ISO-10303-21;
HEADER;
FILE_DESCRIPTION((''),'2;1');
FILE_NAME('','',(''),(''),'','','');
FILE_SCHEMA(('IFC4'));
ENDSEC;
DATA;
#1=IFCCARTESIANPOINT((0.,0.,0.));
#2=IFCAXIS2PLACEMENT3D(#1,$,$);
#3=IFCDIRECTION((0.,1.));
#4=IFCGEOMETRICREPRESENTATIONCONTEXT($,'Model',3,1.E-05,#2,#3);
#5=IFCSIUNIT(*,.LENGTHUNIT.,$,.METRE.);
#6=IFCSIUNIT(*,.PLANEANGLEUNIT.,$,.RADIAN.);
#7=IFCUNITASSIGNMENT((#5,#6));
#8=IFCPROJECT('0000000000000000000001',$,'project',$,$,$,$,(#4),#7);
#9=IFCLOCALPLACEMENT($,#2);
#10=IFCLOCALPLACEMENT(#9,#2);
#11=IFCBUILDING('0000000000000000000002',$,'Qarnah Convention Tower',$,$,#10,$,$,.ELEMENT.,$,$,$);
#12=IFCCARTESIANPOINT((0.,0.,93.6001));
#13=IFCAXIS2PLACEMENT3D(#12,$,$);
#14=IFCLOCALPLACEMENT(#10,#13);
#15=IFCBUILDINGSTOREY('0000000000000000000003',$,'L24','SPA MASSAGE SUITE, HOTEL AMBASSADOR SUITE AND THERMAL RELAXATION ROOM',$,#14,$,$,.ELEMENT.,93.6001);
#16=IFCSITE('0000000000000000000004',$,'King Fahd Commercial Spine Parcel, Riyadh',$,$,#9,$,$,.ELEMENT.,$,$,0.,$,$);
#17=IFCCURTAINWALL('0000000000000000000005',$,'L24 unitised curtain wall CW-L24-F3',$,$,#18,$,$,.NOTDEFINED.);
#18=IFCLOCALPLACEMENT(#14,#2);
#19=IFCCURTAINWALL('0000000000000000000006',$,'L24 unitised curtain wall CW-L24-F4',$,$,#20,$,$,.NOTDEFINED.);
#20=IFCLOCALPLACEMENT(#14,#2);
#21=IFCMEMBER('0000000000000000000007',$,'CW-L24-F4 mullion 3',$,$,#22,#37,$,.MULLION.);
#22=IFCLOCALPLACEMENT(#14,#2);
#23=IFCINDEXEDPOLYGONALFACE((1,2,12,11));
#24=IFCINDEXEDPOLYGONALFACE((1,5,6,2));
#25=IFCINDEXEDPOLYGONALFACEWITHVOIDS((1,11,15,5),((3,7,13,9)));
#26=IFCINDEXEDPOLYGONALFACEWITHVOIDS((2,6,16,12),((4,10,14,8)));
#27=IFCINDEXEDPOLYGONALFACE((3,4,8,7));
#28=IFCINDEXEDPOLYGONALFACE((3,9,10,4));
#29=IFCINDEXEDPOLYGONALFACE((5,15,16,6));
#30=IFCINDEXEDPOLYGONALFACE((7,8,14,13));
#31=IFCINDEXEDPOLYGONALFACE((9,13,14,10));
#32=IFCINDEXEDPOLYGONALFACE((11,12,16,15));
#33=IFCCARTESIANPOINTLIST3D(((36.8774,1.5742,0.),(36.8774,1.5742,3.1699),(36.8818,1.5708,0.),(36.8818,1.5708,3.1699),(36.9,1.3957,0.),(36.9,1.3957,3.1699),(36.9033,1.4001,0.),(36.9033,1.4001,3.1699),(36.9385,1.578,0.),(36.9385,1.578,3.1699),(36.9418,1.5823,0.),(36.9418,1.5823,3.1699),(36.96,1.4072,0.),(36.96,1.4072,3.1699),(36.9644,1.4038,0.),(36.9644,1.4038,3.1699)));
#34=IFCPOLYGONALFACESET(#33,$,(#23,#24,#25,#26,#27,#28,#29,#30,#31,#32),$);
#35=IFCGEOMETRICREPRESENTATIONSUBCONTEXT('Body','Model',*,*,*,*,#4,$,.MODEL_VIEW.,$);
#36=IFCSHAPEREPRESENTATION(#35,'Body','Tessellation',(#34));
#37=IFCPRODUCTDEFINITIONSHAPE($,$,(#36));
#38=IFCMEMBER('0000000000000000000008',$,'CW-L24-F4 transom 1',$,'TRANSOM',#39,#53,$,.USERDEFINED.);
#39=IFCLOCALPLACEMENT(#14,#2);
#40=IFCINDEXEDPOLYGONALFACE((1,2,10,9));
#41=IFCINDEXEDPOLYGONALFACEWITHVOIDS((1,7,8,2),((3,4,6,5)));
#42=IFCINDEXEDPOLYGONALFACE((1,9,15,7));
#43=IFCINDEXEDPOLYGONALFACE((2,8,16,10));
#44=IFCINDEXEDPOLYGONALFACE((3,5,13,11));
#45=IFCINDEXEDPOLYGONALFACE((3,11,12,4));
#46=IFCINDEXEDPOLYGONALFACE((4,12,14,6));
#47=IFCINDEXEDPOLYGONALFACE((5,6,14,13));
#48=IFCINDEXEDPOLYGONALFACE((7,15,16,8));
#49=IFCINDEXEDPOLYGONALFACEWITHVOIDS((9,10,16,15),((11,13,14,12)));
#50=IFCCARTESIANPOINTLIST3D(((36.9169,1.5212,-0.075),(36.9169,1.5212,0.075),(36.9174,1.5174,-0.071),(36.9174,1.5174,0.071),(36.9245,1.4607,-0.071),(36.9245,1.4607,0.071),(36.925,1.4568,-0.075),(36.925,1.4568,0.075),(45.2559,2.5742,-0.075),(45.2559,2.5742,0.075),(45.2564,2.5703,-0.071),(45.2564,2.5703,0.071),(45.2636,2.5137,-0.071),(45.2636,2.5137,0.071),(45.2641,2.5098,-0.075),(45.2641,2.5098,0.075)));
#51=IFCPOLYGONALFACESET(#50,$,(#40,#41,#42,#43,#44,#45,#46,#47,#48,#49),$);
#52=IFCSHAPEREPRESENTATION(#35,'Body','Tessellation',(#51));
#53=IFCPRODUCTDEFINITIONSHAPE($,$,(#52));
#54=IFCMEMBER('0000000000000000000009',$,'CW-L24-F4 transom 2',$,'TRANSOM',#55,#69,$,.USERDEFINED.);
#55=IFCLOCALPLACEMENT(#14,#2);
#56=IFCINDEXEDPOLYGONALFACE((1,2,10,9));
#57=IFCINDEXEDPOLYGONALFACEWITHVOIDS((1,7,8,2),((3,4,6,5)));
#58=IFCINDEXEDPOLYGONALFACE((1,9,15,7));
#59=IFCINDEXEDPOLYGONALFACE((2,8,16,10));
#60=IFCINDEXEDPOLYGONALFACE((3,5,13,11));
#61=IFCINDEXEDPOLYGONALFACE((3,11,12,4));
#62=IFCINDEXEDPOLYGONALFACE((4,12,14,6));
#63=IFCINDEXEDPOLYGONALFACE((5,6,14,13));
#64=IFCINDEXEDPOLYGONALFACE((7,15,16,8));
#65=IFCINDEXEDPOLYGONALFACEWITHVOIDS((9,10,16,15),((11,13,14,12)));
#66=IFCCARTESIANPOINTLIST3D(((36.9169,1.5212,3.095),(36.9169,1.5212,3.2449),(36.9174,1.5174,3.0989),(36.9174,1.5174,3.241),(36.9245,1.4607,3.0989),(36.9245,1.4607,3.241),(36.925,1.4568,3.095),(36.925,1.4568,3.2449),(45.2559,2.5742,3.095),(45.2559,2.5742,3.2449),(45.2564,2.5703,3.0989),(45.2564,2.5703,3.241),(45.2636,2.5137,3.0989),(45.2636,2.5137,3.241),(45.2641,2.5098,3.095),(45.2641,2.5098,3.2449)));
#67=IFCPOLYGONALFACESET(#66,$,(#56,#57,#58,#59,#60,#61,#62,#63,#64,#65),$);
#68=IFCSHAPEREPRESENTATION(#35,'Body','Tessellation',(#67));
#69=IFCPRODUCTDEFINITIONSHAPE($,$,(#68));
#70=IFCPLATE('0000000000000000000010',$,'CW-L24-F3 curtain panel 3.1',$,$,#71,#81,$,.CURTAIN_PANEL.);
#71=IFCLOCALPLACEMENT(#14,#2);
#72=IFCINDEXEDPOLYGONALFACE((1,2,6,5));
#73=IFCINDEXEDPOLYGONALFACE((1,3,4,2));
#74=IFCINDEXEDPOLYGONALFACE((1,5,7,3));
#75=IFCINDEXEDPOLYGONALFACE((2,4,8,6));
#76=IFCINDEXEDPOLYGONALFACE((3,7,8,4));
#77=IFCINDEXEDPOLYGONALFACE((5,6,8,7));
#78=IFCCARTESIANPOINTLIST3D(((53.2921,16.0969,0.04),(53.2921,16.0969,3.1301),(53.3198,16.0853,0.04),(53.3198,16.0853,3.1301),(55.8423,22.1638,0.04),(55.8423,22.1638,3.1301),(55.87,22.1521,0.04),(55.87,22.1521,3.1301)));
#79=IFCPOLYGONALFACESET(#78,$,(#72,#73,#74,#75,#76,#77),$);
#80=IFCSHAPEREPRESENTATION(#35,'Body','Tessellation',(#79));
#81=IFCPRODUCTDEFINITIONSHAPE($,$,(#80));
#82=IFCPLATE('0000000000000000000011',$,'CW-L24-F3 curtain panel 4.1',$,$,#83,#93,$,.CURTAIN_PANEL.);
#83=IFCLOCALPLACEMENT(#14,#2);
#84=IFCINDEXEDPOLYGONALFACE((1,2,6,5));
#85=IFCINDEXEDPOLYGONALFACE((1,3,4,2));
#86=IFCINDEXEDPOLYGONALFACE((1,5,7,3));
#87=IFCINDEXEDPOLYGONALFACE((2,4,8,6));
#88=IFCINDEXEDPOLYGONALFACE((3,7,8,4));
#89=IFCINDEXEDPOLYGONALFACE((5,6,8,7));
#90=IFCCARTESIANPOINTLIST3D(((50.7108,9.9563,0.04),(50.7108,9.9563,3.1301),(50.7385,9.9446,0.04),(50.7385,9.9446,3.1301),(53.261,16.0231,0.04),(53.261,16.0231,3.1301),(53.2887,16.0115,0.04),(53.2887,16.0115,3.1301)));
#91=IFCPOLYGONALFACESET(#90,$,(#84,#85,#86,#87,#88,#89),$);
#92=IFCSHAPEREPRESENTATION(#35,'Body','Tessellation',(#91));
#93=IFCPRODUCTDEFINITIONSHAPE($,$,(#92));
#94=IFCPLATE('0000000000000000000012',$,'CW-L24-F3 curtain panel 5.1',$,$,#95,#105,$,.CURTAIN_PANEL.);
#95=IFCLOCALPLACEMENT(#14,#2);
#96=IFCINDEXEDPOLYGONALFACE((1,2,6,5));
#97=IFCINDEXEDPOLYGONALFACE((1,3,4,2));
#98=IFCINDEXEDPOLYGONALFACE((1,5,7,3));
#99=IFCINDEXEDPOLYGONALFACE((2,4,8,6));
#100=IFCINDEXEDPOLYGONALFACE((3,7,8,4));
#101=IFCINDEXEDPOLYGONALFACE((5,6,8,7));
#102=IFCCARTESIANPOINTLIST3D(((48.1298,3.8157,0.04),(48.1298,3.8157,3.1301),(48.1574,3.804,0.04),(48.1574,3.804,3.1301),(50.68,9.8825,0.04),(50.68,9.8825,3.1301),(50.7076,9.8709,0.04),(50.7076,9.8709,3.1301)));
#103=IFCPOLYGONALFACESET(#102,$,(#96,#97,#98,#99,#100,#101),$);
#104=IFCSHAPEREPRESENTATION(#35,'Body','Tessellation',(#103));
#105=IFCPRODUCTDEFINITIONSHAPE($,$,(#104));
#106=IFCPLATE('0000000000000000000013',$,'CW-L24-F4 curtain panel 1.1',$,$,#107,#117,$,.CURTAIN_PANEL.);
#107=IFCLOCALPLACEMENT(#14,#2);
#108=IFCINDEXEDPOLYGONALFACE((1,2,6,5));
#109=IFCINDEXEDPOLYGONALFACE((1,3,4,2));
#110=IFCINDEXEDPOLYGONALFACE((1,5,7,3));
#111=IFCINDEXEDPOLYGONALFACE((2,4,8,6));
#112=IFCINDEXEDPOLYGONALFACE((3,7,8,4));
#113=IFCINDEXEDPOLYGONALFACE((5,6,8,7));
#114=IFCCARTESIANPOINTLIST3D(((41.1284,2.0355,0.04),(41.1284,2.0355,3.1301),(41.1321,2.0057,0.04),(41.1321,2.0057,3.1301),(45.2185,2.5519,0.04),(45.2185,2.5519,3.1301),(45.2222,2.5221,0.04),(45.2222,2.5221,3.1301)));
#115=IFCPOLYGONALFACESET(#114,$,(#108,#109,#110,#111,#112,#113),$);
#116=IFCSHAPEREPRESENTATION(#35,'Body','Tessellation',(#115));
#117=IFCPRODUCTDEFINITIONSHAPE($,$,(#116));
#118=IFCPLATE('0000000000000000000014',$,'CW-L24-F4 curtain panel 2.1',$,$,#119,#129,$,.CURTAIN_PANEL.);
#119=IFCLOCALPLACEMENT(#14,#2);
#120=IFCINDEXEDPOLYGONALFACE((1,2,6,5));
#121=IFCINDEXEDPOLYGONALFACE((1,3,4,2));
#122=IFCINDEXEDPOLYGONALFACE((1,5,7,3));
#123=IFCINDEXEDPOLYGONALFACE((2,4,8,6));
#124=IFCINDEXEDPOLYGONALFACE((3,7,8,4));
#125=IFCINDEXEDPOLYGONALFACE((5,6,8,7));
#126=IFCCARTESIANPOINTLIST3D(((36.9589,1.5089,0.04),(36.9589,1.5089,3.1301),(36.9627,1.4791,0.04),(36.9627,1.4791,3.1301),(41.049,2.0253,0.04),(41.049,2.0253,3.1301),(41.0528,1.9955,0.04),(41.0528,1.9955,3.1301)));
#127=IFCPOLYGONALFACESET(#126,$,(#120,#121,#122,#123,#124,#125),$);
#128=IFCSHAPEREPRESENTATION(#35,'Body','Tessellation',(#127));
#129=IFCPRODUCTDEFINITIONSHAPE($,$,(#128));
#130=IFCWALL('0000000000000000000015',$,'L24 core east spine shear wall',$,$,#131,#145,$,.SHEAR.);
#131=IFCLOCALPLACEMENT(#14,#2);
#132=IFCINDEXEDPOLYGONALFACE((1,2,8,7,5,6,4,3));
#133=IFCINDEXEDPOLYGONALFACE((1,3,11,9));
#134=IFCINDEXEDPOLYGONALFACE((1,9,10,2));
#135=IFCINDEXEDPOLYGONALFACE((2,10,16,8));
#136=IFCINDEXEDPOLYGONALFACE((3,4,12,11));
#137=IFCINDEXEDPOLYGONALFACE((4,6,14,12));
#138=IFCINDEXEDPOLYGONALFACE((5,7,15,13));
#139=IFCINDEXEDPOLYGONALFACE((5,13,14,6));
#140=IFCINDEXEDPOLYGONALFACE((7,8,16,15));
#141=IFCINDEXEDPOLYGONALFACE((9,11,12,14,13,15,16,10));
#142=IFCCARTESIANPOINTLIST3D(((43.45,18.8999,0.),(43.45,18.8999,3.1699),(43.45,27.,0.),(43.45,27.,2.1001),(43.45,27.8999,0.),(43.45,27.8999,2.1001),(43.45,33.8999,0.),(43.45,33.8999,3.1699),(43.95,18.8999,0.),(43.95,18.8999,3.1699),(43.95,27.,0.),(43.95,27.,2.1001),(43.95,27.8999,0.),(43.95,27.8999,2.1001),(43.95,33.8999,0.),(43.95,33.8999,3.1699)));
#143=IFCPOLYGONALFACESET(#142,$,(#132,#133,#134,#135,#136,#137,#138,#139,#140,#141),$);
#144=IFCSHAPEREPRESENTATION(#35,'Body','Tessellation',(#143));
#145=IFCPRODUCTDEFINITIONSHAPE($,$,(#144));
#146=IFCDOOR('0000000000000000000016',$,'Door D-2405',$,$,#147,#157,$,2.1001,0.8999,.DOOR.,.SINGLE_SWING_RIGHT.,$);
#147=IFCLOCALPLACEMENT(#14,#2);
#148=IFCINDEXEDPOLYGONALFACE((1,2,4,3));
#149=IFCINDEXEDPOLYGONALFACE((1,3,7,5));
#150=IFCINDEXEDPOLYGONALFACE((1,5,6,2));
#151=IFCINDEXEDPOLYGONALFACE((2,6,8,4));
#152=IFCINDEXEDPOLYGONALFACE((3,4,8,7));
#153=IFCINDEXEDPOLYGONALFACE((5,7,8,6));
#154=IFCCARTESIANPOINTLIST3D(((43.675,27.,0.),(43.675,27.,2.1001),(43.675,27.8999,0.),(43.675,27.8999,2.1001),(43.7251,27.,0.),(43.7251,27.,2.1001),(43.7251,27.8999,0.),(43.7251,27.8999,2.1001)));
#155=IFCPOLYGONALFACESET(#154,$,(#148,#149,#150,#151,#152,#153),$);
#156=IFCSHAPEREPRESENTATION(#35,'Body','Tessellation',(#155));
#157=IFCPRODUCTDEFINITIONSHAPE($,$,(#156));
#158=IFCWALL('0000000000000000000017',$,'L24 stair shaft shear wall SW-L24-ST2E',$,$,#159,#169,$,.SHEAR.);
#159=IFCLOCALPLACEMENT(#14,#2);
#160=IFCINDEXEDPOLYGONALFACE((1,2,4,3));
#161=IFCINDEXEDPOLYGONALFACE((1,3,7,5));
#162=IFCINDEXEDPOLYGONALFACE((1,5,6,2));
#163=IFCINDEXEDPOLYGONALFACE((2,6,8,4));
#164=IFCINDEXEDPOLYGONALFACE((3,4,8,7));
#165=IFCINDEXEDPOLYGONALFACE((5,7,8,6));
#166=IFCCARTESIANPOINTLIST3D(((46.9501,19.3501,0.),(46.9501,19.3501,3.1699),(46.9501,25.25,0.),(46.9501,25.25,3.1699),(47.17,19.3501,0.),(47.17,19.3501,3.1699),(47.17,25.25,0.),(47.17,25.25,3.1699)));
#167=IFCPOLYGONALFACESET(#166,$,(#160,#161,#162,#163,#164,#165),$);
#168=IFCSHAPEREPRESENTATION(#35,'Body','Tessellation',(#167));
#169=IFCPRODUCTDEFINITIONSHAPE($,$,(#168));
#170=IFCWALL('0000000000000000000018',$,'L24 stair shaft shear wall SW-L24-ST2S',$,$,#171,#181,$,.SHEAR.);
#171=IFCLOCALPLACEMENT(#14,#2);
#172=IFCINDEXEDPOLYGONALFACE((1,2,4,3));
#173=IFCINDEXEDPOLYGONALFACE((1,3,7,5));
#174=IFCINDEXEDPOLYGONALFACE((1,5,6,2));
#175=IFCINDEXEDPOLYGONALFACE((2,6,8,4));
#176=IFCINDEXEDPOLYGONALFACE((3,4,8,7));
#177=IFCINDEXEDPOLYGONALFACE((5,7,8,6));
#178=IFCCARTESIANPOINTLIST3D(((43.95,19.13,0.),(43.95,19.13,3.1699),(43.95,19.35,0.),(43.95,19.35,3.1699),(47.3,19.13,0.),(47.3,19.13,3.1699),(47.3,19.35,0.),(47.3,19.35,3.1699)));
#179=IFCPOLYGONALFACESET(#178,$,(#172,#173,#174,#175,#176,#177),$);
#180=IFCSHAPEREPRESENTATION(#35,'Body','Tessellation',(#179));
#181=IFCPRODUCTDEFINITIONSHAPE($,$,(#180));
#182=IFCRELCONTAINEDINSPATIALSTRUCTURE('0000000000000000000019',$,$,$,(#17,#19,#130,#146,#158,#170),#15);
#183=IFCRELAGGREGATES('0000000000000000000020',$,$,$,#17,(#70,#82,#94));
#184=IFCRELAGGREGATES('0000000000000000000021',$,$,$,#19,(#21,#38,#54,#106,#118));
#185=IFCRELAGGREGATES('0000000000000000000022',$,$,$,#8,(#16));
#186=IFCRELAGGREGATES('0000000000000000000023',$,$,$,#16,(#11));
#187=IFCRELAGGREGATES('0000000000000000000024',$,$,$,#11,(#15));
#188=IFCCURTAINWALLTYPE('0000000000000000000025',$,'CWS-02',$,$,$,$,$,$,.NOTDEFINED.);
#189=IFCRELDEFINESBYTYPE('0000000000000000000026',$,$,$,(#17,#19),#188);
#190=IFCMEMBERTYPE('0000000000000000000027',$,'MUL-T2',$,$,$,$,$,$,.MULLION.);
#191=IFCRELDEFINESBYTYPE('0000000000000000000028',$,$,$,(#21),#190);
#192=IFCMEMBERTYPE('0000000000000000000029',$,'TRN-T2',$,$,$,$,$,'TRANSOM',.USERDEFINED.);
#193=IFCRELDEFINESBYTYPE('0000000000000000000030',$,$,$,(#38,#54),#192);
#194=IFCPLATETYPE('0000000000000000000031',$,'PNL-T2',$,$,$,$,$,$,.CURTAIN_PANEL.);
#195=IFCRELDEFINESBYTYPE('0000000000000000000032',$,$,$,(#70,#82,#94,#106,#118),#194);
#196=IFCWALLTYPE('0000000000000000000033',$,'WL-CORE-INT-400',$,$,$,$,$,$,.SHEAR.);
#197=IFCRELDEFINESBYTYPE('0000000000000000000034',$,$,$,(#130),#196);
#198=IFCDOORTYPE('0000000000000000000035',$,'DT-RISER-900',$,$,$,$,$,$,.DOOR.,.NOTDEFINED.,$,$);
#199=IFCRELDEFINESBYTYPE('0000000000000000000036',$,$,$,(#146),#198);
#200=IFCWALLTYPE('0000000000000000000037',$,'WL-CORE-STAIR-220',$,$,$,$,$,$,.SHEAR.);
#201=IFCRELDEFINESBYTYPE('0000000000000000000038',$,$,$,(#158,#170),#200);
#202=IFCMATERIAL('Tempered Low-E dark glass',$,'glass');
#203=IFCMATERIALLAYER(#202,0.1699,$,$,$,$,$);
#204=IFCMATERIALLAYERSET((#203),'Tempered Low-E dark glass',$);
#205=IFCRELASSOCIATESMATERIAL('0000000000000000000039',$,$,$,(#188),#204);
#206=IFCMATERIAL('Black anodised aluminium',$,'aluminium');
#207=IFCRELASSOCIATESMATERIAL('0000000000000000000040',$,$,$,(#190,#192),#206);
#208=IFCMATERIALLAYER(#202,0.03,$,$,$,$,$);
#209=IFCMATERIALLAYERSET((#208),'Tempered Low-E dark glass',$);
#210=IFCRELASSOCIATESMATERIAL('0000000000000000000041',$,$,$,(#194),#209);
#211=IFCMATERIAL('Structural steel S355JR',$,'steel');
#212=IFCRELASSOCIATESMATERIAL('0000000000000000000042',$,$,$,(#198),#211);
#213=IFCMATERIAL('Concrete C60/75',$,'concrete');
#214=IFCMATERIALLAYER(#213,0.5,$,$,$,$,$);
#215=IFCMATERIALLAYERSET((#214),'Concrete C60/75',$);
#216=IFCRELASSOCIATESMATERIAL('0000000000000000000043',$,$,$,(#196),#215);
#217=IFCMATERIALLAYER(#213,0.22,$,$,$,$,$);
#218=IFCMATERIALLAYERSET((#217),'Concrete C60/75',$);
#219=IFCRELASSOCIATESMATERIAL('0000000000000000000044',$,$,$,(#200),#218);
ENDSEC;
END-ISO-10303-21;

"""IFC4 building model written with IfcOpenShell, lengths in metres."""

from ifc_helpers import new_model, si_unit, direction, frame, frame_2d, origin, origin_2d, place, context, subcontext, project, spatial, rectangle, hollow_rectangle, extrude, material, layer, layer_set, material_profile, profile_set, type_object, element, fill, aggregate, save


model = new_model("IFC4")

# Units and contexts
model_context = context("Model", 3, precision=1e-05, world=origin(), true_north=direction((0.0, 1.0)))
body_context = subcontext(model_context, "Body", "Model", "MODEL_VIEW")
ifc_project = project(units=[si_unit("LENGTHUNIT", "METRE"), si_unit("PLANEANGLEUNIT", "RADIAN")], contexts=[model_context])

# Site, building, storey
site_placement = place(None, origin())
site = spatial("IfcSite", under=ifc_project, at=site_placement, Name="King Fahd Commercial Spine Parcel, Riyadh", CompositionType="ELEMENT", RefElevation=0.0)
building_placement = place(site_placement, origin())
building = spatial("IfcBuilding", under=site, at=building_placement, Name="Qarnah Convention Tower", CompositionType="ELEMENT")
storey_placement = place(building_placement, frame((0.0, 0.0, 93.6001)))
storey = spatial("IfcBuildingStorey", under=building, at=storey_placement, Name="L24", Description="SPA MASSAGE SUITE, HOTEL AMBASSADOR SUITE AND THERMAL RELAXATION ROOM", CompositionType="ELEMENT", Elevation=93.6001)

# Shared definitions
ifc_material_1 = material(Name="Concrete C60/75", Category="concrete")

# Shared definitions
ifc_material_2 = material(Name="Structural steel S355JR", Category="steel")

# Curtain walls, members
ifc_material_3 = material(Name="Tempered Low-E dark glass", Category="glass")
ifc_layer_1 = layer(ifc_material_3, 0.1699)
ifc_layer_set_1 = layer_set([ifc_layer_1], Name="Tempered Low-E dark glass")
curtain_wall_type = type_object("IfcCurtainWallType", Name="CWS-02", PredefinedType="NOTDEFINED", material=ifc_layer_set_1)
curtain_wall_1_placement = place(storey_placement, origin())
curtain_wall_1 = element("IfcCurtainWall", 1, at=curtain_wall_1_placement, inside=storey, type_object=curtain_wall_type, Name="L24 unitised curtain wall CW-L24-F3", PredefinedType="NOTDEFINED")
ifc_material_4 = material(Name="Black anodised aluminium", Category="aluminium")
ifc_material_profile_1 = material_profile(ifc_material_4, hollow_rectangle(XDim=0.0649, YDim=0.1799, WallThickness=0.0039, at=origin_2d()), Name="MUL-65X180")
ifc_profile_set_1 = profile_set([ifc_material_profile_1], Name="Black anodised aluminium")
member_type_1 = type_object("IfcMemberType", Name="MUL-T2", PredefinedType="MULLION", material=ifc_profile_set_1)
curtain_wall_2_placement = place(storey_placement, origin())
curtain_wall_2 = element("IfcCurtainWall", 2, at=curtain_wall_2_placement, inside=storey, type_object=curtain_wall_type, Name="L24 unitised curtain wall CW-L24-F4", PredefinedType="NOTDEFINED")
member_1_placement = place(storey_placement, frame((36.9209, 1.489, 0.0), z_axis=(0.0, 0.0, 1.0), x_axis=(-0.992122, -0.125279, 0.0)))
member_1 = element("IfcMember", 3, at=member_1_placement, type_object=member_type_1, Name="CW-L24-F4 mullion 3", PredefinedType="MULLION", context=body_context, shape_type="SweptSolid", body=[
    extrude(hollow_rectangle(XDim=0.0649, YDim=0.1799, WallThickness=0.0039, at=origin_2d()), origin(), (0.0, 0.0, 1.0), 3.1699),
])
ifc_material_profile_2 = material_profile(ifc_material_4, hollow_rectangle(XDim=0.0649, YDim=0.1499, WallThickness=0.0039, at=origin_2d()), Name="TRN-65X150")
ifc_profile_set_2 = profile_set([ifc_material_profile_2], Name="Black anodised aluminium")
member_type_2 = type_object("IfcMemberType", Name="TRN-T2", ElementType="TRANSOM", PredefinedType="USERDEFINED", material=ifc_profile_set_2)
member_2_placement = place(storey_placement, frame((45.26, 2.542, 0.0), z_axis=(-0.992122, -0.125275, 0.0), x_axis=(0.125275, -0.992122, 0.0)))
member_2 = element("IfcMember", 4, at=member_2_placement, type_object=member_type_2, Name="CW-L24-F4 transom 1", ObjectType="TRANSOM", PredefinedType="USERDEFINED", context=body_context, shape_type="SweptSolid", body=[
    extrude(hollow_rectangle(XDim=0.0649, YDim=0.1499, WallThickness=0.0039, at=origin_2d()), origin(), (0.0, 0.0, 1.0), 8.4053),
])
member_3_placement = place(storey_placement, frame((45.26, 2.542, 3.1699), z_axis=(-0.992122, -0.125275, 0.0), x_axis=(0.125275, -0.992122, 0.0)))
member_3 = element("IfcMember", 5, at=member_3_placement, type_object=member_type_2, Name="CW-L24-F4 transom 2", ObjectType="TRANSOM", PredefinedType="USERDEFINED", context=body_context, shape_type="SweptSolid", body=[
    extrude(hollow_rectangle(XDim=0.0649, YDim=0.1499, WallThickness=0.0039, at=origin_2d()), origin(), (0.0, 0.0, 1.0), 8.4053),
])

# Plates
ifc_layer_2 = layer(ifc_material_3, 0.03)
ifc_layer_set_2 = layer_set([ifc_layer_2], Name="Tempered Low-E dark glass")
plate_type = type_object("IfcPlateType", Name="PNL-T2", PredefinedType="CURTAIN_PANEL", material=ifc_layer_set_2)
plate_1_placement = place(storey_placement, frame((54.5811, 19.1245, 0.04), z_axis=(0.0, 0.0, 1.0), x_axis=(-0.387507, -0.921867, 0.0)))
plate_1 = element("IfcPlate", 6, at=plate_1_placement, type_object=plate_type, Name="CW-L24-F3 curtain panel 3.1", PredefinedType="CURTAIN_PANEL", context=body_context, shape_type="SweptSolid", body=[
    extrude(rectangle(XDim=6.5811, YDim=0.03, at=origin_2d()), origin(), (0.0, 0.0, 1.0), 3.0901),
])
plate_2_placement = place(storey_placement, frame((51.9998, 12.9839, 0.04), z_axis=(0.0, 0.0, 1.0), x_axis=(-0.387507, -0.921867, 0.0)))
plate_2 = element("IfcPlate", 7, at=plate_2_placement, type_object=plate_type, Name="CW-L24-F3 curtain panel 4.1", PredefinedType="CURTAIN_PANEL", context=body_context, shape_type="SweptSolid", body=[
    extrude(rectangle(XDim=6.5811, YDim=0.03, at=origin_2d()), origin(), (0.0, 0.0, 1.0), 3.0901),
])
plate_3_placement = place(storey_placement, frame((49.4187, 6.8433, 0.04), z_axis=(0.0, 0.0, 1.0), x_axis=(-0.387507, -0.921867, 0.0)))
plate_3 = element("IfcPlate", 8, at=plate_3_placement, type_object=plate_type, Name="CW-L24-F3 curtain panel 5.1", PredefinedType="CURTAIN_PANEL", context=body_context, shape_type="SweptSolid", body=[
    extrude(rectangle(XDim=6.5811, YDim=0.03, at=origin_2d()), origin(), (0.0, 0.0, 1.0), 3.0901),
])
aggregate(curtain_wall_1, [plate_1, plate_2, plate_3])
plate_4_placement = place(storey_placement, frame((43.1753, 2.2788, 0.04), z_axis=(0.0, 0.0, 1.0), x_axis=(-0.992122, -0.125279, 0.0)))
plate_4 = element("IfcPlate", 9, at=plate_4_placement, type_object=plate_type, Name="CW-L24-F4 curtain panel 1.1", PredefinedType="CURTAIN_PANEL", context=body_context, shape_type="SweptSolid", body=[
    extrude(rectangle(XDim=4.1226, YDim=0.03, at=origin_2d()), origin(), (0.0, 0.0, 1.0), 3.0901),
])
plate_5_placement = place(storey_placement, frame((39.0059, 1.7522, 0.04), z_axis=(0.0, 0.0, 1.0), x_axis=(-0.992122, -0.125279, 0.0)))
plate_5 = element("IfcPlate", 10, at=plate_5_placement, type_object=plate_type, Name="CW-L24-F4 curtain panel 2.1", PredefinedType="CURTAIN_PANEL", context=body_context, shape_type="SweptSolid", body=[
    extrude(rectangle(XDim=4.1226, YDim=0.03, at=origin_2d()), origin(), (0.0, 0.0, 1.0), 3.0901),
])
aggregate(curtain_wall_2, [member_1, member_2, member_3, plate_4, plate_5])

# Shared definitions
door_type_1 = type_object("IfcDoorType", Name="DT-RISER-900", OperationType="NOTDEFINED", PredefinedType="DOOR", material=ifc_material_2)

# Wall, opening, door
ifc_layer_3 = layer(ifc_material_1, 0.5)
ifc_layer_set_3 = layer_set([ifc_layer_3], Name="Concrete C60/75")
wall_type_1 = type_object("IfcWallType", Name="WL-CORE-INT-400", PredefinedType="SHEAR", material=ifc_layer_set_3)
wall_1_placement = place(storey_placement, frame((43.7, 18.8999, 0.0), z_axis=(0.0, 0.0, 1.0), x_axis=(0.0, 1.0, 0.0)))
wall_1 = element("IfcWall", 11, at=wall_1_placement, inside=storey, type_object=wall_type_1, Name="L24 core east spine shear wall", PredefinedType="SHEAR", context=body_context, shape_type="SweptSolid", body=[
    extrude(rectangle(XDim=15.0, YDim=0.5, at=frame_2d((7.5, 0.0))), origin(), (0.0, 0.0, 1.0), 3.1699),
])
opening_1_placement = place(wall_1_placement, frame((8.1001, 0.0, 0.0)))
opening_1 = element("IfcOpeningElement", 12, at=opening_1_placement, cuts=wall_1, PredefinedType="OPENING", context=body_context, shape_type="SweptSolid", body=[
    extrude(rectangle(XDim=0.8999, YDim=2.1001, at=frame_2d((0.45, 1.05))), frame((0.0, 0.26, 0.0), z_axis=(0.0, -1.0, 0.0), x_axis=(1.0, 0.0, 0.0)), (0.0, 0.0, 1.0), 0.52),
])
door_1_placement = place(opening_1_placement, origin())
door_1 = element("IfcDoor", 13, at=door_1_placement, inside=storey, type_object=door_type_1, Name="Door D-2405", OperationType="SINGLE_SWING_RIGHT", OverallHeight=2.1001, OverallWidth=0.8999, PredefinedType="DOOR", context=body_context, shape_type="SweptSolid", body=[
    extrude(rectangle(XDim=0.8999, YDim=2.1001, at=frame_2d((0.45, 1.05))), frame((0.0, 0.0249, 0.0), z_axis=(0.0, -1.0, 0.0), x_axis=(1.0, 0.0, 0.0)), (0.0, 0.0, 1.0), 0.05),
])
fill(opening_1, door_1)

# Walls
ifc_layer_4 = layer(ifc_material_1, 0.22)
ifc_layer_set_4 = layer_set([ifc_layer_4], Name="Concrete C60/75")
wall_type_2 = type_object("IfcWallType", Name="WL-CORE-STAIR-220", PredefinedType="SHEAR", material=ifc_layer_set_4)
wall_2_placement = place(storey_placement, frame((47.0601, 19.3501, 0.0), z_axis=(0.0, 0.0, 1.0), x_axis=(0.0, 1.0, 0.0)))
element("IfcWall", 14, at=wall_2_placement, inside=storey, type_object=wall_type_2, Name="L24 stair shaft shear wall SW-L24-ST2E", PredefinedType="SHEAR", context=body_context, shape_type="SweptSolid", body=[
    extrude(rectangle(XDim=5.8999, YDim=0.22, at=frame_2d((2.95, 0.0))), origin(), (0.0, 0.0, 1.0), 3.1699),
])
wall_3_placement = place(storey_placement, frame((43.95, 19.24, 0.0), z_axis=(0.0, 0.0, 1.0), x_axis=(1.0, 0.0, 0.0)))
element("IfcWall", 15, at=wall_3_placement, inside=storey, type_object=wall_type_2, Name="L24 stair shaft shear wall SW-L24-ST2S", PredefinedType="SHEAR", context=body_context, shape_type="SweptSolid", body=[
    extrude(rectangle(XDim=3.3501, YDim=0.22, at=frame_2d((1.675, 0.0))), origin(), (0.0, 0.0, 1.0), 3.1699),
])

save(model, "model.ifc")
